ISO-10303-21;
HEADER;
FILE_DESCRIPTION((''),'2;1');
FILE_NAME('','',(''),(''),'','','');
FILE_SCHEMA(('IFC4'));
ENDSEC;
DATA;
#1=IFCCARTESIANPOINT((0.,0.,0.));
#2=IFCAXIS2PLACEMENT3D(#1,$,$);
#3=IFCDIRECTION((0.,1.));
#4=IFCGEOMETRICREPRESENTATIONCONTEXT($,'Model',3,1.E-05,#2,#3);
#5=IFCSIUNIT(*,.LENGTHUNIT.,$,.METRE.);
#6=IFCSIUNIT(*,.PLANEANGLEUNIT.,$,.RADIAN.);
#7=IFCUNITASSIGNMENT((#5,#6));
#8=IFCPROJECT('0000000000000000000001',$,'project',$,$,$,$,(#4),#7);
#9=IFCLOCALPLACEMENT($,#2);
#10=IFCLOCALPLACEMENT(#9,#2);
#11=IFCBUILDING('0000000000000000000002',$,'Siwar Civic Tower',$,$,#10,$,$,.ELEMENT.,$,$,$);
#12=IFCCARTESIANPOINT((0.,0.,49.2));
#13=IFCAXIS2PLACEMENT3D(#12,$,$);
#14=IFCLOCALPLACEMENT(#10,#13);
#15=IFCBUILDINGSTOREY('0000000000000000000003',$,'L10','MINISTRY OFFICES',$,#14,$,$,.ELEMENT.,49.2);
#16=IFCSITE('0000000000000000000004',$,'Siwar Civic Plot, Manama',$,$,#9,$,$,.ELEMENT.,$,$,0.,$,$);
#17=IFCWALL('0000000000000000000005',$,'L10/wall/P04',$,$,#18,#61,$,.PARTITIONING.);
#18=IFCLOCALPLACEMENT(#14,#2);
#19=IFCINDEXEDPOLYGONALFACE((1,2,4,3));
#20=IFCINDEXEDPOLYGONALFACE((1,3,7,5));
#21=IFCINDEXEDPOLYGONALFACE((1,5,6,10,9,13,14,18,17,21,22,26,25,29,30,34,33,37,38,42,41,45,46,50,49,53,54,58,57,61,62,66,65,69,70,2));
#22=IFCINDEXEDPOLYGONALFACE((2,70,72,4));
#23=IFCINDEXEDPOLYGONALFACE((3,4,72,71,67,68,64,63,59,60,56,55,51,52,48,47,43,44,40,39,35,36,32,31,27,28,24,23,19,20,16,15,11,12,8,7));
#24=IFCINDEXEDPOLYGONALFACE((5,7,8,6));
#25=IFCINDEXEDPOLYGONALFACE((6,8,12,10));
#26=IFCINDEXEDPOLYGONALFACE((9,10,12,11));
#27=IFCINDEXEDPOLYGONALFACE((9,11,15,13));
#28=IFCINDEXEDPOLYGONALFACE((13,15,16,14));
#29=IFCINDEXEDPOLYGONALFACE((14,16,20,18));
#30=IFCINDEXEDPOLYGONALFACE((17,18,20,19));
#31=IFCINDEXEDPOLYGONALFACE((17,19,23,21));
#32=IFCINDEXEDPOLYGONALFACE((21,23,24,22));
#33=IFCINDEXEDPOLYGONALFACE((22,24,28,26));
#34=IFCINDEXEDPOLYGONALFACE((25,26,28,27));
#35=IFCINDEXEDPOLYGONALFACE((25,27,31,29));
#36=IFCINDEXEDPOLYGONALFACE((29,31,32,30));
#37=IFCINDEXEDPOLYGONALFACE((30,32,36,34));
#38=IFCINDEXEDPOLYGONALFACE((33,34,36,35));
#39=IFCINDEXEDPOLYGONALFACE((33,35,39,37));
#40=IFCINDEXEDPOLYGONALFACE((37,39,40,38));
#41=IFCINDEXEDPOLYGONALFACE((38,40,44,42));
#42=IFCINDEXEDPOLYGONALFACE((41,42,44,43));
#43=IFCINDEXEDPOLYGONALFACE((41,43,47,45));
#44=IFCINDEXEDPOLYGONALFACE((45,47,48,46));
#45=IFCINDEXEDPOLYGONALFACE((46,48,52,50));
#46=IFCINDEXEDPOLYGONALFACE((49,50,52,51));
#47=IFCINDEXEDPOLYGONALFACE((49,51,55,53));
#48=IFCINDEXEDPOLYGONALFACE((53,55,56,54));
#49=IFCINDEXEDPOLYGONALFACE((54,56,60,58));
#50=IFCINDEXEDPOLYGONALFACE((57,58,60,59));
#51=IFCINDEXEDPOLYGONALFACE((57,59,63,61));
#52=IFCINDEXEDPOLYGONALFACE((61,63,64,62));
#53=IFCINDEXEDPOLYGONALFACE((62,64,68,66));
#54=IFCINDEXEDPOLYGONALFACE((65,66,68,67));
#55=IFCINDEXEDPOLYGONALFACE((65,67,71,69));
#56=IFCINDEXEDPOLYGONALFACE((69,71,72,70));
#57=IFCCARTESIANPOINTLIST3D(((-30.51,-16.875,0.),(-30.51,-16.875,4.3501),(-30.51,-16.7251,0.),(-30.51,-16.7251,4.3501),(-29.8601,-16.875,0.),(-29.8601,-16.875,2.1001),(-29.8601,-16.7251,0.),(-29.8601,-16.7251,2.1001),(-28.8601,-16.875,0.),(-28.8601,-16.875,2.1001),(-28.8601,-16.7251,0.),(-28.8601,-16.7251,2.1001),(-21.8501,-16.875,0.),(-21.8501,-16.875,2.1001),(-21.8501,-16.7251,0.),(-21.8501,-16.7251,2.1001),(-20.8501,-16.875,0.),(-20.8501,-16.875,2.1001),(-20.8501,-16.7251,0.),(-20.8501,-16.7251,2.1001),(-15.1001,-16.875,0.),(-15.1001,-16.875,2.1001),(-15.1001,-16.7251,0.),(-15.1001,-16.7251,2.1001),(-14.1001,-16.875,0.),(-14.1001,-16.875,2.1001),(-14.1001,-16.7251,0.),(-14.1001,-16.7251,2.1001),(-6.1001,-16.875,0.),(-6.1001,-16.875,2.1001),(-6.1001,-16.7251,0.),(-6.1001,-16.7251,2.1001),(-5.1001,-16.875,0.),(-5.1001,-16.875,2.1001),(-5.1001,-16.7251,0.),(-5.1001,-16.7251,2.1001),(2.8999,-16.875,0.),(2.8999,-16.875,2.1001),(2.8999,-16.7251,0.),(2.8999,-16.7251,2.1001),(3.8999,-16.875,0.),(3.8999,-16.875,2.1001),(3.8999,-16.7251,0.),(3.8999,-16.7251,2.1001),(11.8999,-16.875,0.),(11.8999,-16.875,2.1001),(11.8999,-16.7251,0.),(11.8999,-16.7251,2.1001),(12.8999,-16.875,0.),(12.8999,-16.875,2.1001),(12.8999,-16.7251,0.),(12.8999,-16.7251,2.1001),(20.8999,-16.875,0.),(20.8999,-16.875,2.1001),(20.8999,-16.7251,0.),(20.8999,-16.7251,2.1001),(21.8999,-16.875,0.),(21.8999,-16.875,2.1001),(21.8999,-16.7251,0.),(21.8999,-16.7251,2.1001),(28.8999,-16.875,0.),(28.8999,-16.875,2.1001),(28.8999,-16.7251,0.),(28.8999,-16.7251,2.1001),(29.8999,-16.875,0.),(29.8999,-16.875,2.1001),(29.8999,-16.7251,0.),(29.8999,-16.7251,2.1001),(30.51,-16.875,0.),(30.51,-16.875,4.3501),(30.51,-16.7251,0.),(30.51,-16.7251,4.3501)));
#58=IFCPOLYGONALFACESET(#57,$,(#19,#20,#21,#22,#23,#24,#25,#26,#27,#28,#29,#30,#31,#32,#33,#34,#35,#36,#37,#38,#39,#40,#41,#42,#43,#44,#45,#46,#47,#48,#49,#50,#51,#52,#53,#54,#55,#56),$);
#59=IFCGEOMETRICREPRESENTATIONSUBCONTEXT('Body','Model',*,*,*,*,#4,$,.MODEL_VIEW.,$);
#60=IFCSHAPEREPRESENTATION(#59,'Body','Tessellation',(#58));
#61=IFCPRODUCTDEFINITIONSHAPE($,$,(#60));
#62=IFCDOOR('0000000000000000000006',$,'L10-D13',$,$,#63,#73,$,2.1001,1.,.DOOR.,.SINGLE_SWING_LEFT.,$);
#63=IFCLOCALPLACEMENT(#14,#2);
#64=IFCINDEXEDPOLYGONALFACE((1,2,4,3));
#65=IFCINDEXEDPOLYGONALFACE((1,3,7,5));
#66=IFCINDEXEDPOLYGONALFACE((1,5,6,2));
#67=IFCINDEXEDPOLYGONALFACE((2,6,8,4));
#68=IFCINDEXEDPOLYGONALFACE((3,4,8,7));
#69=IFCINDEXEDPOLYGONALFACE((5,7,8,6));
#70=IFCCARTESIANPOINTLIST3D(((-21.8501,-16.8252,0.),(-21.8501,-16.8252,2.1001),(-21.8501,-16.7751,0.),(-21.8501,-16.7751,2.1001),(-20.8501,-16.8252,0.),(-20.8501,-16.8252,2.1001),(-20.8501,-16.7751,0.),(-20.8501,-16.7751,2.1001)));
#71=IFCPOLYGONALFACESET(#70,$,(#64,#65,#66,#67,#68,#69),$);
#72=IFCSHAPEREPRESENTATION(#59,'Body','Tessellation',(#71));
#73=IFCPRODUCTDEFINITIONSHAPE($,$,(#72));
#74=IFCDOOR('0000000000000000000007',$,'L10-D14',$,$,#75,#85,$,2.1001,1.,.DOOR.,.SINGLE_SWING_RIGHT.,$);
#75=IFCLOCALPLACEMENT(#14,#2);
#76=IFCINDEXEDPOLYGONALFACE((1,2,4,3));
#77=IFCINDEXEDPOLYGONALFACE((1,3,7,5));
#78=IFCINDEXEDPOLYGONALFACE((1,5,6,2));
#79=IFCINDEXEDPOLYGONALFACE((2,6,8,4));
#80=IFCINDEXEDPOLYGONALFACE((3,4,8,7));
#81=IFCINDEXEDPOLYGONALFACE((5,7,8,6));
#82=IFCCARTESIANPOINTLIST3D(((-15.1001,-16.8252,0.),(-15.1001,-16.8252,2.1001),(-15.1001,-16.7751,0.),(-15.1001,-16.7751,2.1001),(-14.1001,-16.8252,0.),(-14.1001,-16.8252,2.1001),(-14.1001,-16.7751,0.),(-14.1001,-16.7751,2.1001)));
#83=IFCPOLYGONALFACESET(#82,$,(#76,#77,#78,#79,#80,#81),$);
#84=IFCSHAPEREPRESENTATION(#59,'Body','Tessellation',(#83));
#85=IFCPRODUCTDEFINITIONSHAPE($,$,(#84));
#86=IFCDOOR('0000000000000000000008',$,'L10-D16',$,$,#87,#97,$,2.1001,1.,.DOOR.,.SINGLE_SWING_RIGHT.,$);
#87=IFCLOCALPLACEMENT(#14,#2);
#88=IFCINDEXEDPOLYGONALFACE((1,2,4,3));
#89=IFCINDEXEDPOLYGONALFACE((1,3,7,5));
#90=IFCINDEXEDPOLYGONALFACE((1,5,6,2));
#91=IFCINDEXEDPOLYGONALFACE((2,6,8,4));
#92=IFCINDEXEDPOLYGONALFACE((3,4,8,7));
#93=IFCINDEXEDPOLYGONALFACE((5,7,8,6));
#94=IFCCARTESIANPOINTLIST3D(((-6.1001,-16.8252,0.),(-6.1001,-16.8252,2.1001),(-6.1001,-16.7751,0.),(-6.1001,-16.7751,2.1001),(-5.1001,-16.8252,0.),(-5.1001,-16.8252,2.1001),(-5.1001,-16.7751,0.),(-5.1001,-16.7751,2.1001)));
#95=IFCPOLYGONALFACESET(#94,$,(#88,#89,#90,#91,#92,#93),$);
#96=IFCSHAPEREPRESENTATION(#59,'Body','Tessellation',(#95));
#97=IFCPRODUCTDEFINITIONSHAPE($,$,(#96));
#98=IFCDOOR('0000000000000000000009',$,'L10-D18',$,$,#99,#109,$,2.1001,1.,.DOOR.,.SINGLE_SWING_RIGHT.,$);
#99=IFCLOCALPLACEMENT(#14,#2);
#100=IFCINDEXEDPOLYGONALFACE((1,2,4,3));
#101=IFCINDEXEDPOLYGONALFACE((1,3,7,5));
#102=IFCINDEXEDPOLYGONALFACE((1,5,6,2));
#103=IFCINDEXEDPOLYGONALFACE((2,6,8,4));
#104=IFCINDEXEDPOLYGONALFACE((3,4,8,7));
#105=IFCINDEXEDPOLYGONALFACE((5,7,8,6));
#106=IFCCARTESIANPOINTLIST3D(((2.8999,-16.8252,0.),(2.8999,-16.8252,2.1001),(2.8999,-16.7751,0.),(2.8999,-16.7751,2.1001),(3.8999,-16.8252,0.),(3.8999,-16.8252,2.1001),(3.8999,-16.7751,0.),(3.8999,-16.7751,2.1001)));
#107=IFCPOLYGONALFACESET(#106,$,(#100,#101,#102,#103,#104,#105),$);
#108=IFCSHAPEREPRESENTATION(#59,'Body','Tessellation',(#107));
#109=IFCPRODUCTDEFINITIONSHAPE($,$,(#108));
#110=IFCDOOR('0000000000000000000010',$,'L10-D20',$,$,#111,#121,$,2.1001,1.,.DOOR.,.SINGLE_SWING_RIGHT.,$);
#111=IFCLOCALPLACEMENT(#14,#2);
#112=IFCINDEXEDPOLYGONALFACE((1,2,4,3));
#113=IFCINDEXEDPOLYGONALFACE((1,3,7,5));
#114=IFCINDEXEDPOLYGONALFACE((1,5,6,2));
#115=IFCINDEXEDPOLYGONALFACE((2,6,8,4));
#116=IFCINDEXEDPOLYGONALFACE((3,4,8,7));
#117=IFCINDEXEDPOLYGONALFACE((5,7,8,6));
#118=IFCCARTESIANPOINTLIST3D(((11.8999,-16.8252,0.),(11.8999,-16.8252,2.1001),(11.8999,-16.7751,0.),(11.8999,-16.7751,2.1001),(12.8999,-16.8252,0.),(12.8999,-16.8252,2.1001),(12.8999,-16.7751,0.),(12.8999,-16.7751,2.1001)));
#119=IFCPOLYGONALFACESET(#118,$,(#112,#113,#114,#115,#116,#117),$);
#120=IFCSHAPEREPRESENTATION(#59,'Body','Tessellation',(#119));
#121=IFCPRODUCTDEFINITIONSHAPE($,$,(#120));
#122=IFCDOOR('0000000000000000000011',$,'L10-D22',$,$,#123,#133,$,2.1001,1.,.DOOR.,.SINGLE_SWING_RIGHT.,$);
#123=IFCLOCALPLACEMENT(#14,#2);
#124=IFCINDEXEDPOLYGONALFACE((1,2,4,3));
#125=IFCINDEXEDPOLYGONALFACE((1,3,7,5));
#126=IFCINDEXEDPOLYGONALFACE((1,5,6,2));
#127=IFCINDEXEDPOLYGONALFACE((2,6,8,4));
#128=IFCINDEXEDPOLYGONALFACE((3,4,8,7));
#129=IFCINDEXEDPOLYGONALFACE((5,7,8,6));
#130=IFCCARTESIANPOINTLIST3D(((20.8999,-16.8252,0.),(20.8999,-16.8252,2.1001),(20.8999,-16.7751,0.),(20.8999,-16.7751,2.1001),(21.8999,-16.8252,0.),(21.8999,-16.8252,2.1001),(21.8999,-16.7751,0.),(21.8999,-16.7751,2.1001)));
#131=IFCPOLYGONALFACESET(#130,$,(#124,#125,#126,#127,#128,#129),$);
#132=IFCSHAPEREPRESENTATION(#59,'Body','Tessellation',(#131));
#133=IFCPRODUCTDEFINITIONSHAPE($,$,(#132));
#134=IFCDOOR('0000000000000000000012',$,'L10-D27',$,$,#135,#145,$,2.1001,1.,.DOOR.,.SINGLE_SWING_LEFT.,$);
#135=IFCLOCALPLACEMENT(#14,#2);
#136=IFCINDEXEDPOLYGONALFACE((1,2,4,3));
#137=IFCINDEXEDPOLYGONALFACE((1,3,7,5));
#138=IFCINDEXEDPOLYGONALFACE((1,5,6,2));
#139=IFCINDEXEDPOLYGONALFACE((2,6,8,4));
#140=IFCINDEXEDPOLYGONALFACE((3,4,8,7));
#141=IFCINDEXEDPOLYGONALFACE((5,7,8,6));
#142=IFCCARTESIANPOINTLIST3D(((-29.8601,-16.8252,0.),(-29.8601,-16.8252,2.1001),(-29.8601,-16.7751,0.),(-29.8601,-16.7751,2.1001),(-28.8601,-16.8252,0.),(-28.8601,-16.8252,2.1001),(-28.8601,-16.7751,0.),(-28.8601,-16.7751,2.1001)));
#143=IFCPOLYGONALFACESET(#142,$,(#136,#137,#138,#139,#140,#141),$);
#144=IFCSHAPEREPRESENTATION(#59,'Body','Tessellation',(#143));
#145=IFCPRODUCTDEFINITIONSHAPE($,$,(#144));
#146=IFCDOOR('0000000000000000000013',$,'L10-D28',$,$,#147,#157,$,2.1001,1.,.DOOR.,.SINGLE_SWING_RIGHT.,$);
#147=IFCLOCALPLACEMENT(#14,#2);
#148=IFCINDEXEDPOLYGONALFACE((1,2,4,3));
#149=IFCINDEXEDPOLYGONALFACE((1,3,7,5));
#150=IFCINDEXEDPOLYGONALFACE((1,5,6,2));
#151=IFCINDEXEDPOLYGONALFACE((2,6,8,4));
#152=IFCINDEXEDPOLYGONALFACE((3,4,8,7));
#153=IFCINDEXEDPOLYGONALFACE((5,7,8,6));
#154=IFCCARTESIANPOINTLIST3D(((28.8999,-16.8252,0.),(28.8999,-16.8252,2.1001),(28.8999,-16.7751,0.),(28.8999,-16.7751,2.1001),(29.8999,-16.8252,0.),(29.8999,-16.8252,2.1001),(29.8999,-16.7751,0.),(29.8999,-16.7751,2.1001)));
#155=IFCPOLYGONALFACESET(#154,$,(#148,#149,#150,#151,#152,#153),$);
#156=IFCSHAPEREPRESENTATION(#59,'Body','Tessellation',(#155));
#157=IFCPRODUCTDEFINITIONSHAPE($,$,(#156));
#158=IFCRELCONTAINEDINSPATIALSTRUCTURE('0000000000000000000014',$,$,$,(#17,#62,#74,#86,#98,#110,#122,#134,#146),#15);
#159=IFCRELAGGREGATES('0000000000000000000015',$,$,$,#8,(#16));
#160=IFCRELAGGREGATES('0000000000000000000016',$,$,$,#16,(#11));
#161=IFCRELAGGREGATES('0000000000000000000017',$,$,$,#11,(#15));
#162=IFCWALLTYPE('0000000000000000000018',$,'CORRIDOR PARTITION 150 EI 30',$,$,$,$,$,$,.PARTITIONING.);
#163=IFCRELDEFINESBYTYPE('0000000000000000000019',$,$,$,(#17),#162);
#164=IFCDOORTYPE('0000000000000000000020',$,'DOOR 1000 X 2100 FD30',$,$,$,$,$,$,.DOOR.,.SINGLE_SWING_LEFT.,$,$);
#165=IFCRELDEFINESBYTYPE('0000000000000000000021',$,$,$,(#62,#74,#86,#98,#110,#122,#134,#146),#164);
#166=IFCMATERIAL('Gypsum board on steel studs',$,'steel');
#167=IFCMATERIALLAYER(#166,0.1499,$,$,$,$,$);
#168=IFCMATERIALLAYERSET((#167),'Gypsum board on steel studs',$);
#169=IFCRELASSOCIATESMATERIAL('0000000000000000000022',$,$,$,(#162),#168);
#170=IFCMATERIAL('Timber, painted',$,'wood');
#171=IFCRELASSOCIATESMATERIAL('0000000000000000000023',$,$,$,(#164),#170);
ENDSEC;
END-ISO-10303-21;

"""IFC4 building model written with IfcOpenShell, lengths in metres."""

from ifc_helpers import new_model, si_unit, direction, frame, frame_2d, origin, place, context, subcontext, project, spatial, rectangle, extrude, material, layer, layer_set, type_object, element, fill, save


model = new_model("IFC4")

# Units and contexts
model_context = context("Model", 3, precision=1e-05, world=origin(), true_north=direction((0.0, 1.0)))
body_context = subcontext(model_context, "Body", "Model", "MODEL_VIEW")
ifc_project = project(units=[si_unit("LENGTHUNIT", "METRE"), si_unit("PLANEANGLEUNIT", "RADIAN")], contexts=[model_context])

# Site, building, storey
site_placement = place(None, origin())
site = spatial("IfcSite", under=ifc_project, at=site_placement, Name="Siwar Civic Plot, Manama", CompositionType="ELEMENT", RefElevation=0.0)
building_placement = place(site_placement, origin())
building = spatial("IfcBuilding", under=site, at=building_placement, Name="Siwar Civic Tower", CompositionType="ELEMENT")
storey_placement = place(building_placement, frame((0.0, 0.0, 49.2)))
storey = spatial("IfcBuildingStorey", under=building, at=storey_placement, Name="L10", Description="MINISTRY OFFICES", CompositionType="ELEMENT", Elevation=49.2)

# Wall, openings, doors
ifc_material_1 = material(Name="Gypsum board on steel studs", Category="steel")
ifc_layer_1 = layer(ifc_material_1, 0.1499)
ifc_layer_set_1 = layer_set([ifc_layer_1], Name="Gypsum board on steel studs")
wall_type_1 = type_object("IfcWallType", Name="CORRIDOR PARTITION 150 EI 30", PredefinedType="PARTITIONING", material=ifc_layer_set_1)
wall_1_placement = place(storey_placement, frame((-30.51, -16.8, 0.0), z_axis=(0.0, 0.0, 1.0), x_axis=(1.0, 0.0, 0.0)))
wall_1 = element("IfcWall", 1, at=wall_1_placement, inside=storey, type_object=wall_type_1, Name="L10/wall/P04", PredefinedType="PARTITIONING", context=body_context, shape_type="SweptSolid", body=[
    extrude(rectangle(XDim=61.02, YDim=0.1499, at=frame_2d((30.51, 0.0))), origin(), (0.0, 0.0, 1.0), 4.3501),
])
opening_1_placement = place(wall_1_placement, frame((8.6599, 0.0, 0.0)))
opening_1 = element("IfcOpeningElement", 2, at=opening_1_placement, cuts=wall_1, PredefinedType="OPENING", context=body_context, shape_type="SweptSolid", body=[
    extrude(rectangle(XDim=1.0, YDim=2.1001, at=frame_2d((0.5, 1.05))), frame((0.0, 0.085, 0.0), z_axis=(0.0, -1.0, 0.0), x_axis=(1.0, 0.0, 0.0)), (0.0, 0.0, 1.0), 0.1699),
])
opening_2_placement = place(wall_1_placement, frame((15.4099, 0.0, 0.0)))
opening_2 = element("IfcOpeningElement", 3, at=opening_2_placement, cuts=wall_1, PredefinedType="OPENING", context=body_context, shape_type="SweptSolid", body=[
    extrude(rectangle(XDim=1.0, YDim=2.1001, at=frame_2d((0.5, 1.05))), frame((0.0, 0.085, 0.0), z_axis=(0.0, -1.0, 0.0), x_axis=(1.0, 0.0, 0.0)), (0.0, 0.0, 1.0), 0.1699),
])
opening_3_placement = place(wall_1_placement, frame((24.4099, 0.0, 0.0)))
opening_3 = element("IfcOpeningElement", 4, at=opening_3_placement, cuts=wall_1, PredefinedType="OPENING", context=body_context, shape_type="SweptSolid", body=[
    extrude(rectangle(XDim=1.0, YDim=2.1001, at=frame_2d((0.5, 1.05))), frame((0.0, 0.085, 0.0), z_axis=(0.0, -1.0, 0.0), x_axis=(1.0, 0.0, 0.0)), (0.0, 0.0, 1.0), 0.1699),
])
opening_4_placement = place(wall_1_placement, frame((33.4099, 0.0, 0.0)))
opening_4 = element("IfcOpeningElement", 5, at=opening_4_placement, cuts=wall_1, PredefinedType="OPENING", context=body_context, shape_type="SweptSolid", body=[
    extrude(rectangle(XDim=1.0, YDim=2.1001, at=frame_2d((0.5, 1.05))), frame((0.0, 0.085, 0.0), z_axis=(0.0, -1.0, 0.0), x_axis=(1.0, 0.0, 0.0)), (0.0, 0.0, 1.0), 0.1699),
])
opening_5_placement = place(wall_1_placement, frame((42.4099, 0.0, 0.0)))
opening_5 = element("IfcOpeningElement", 6, at=opening_5_placement, cuts=wall_1, PredefinedType="OPENING", context=body_context, shape_type="SweptSolid", body=[
    extrude(rectangle(XDim=1.0, YDim=2.1001, at=frame_2d((0.5, 1.05))), frame((0.0, 0.085, 0.0), z_axis=(0.0, -1.0, 0.0), x_axis=(1.0, 0.0, 0.0)), (0.0, 0.0, 1.0), 0.1699),
])
opening_6_placement = place(wall_1_placement, frame((51.4099, 0.0, 0.0)))
opening_6 = element("IfcOpeningElement", 7, at=opening_6_placement, cuts=wall_1, PredefinedType="OPENING", context=body_context, shape_type="SweptSolid", body=[
    extrude(rectangle(XDim=1.0, YDim=2.1001, at=frame_2d((0.5, 1.05))), frame((0.0, 0.085, 0.0), z_axis=(0.0, -1.0, 0.0), x_axis=(1.0, 0.0, 0.0)), (0.0, 0.0, 1.0), 0.1699),
])
opening_7_placement = place(wall_1_placement, frame((0.6499, 0.0, 0.0)))
opening_7 = element("IfcOpeningElement", 8, at=opening_7_placement, cuts=wall_1, PredefinedType="OPENING", context=body_context, shape_type="SweptSolid", body=[
    extrude(rectangle(XDim=1.0, YDim=2.1001, at=frame_2d((0.5, 1.05))), frame((0.0, 0.085, 0.0), z_axis=(0.0, -1.0, 0.0), x_axis=(1.0, 0.0, 0.0)), (0.0, 0.0, 1.0), 0.1699),
])
opening_8_placement = place(wall_1_placement, frame((59.4099, 0.0, 0.0)))
opening_8 = element("IfcOpeningElement", 9, at=opening_8_placement, cuts=wall_1, PredefinedType="OPENING", context=body_context, shape_type="SweptSolid", body=[
    extrude(rectangle(XDim=1.0, YDim=2.1001, at=frame_2d((0.5, 1.05))), frame((0.0, 0.085, 0.0), z_axis=(0.0, -1.0, 0.0), x_axis=(1.0, 0.0, 0.0)), (0.0, 0.0, 1.0), 0.1699),
])
ifc_material_2 = material(Name="Timber, painted", Category="wood")
door_type_1 = type_object("IfcDoorType", Name="DOOR 1000 X 2100 FD30", OperationType="SINGLE_SWING_LEFT", PredefinedType="DOOR", material=ifc_material_2)
door_1_placement = place(opening_1_placement, origin())
door_1 = element("IfcDoor", 10, at=door_1_placement, inside=storey, type_object=door_type_1, Name="L10-D13", OperationType="SINGLE_SWING_LEFT", OverallHeight=2.1001, OverallWidth=1.0, PredefinedType="DOOR", context=body_context, shape_type="SweptSolid", body=[
    extrude(rectangle(XDim=1.0, YDim=2.1001, at=frame_2d((0.5, 1.05))), frame((0.0, 0.0249, 0.0), z_axis=(0.0, -1.0, 0.0), x_axis=(1.0, 0.0, 0.0)), (0.0, 0.0, 1.0), 0.05),
])
fill(opening_1, door_1)
door_2_placement = place(opening_2_placement, origin())
door_2 = element("IfcDoor", 11, at=door_2_placement, inside=storey, type_object=door_type_1, Name="L10-D14", OperationType="SINGLE_SWING_RIGHT", OverallHeight=2.1001, OverallWidth=1.0, PredefinedType="DOOR", context=body_context, shape_type="SweptSolid", body=[
    extrude(rectangle(XDim=1.0, YDim=2.1001, at=frame_2d((0.5, 1.05))), frame((0.0, 0.0249, 0.0), z_axis=(0.0, -1.0, 0.0), x_axis=(1.0, 0.0, 0.0)), (0.0, 0.0, 1.0), 0.05),
])
fill(opening_2, door_2)
door_3_placement = place(opening_3_placement, origin())
door_3 = element("IfcDoor", 12, at=door_3_placement, inside=storey, type_object=door_type_1, Name="L10-D16", OperationType="SINGLE_SWING_RIGHT", OverallHeight=2.1001, OverallWidth=1.0, PredefinedType="DOOR", context=body_context, shape_type="SweptSolid", body=[
    extrude(rectangle(XDim=1.0, YDim=2.1001, at=frame_2d((0.5, 1.05))), frame((0.0, 0.0249, 0.0), z_axis=(0.0, -1.0, 0.0), x_axis=(1.0, 0.0, 0.0)), (0.0, 0.0, 1.0), 0.05),
])
fill(opening_3, door_3)
door_4_placement = place(opening_4_placement, origin())
door_4 = element("IfcDoor", 13, at=door_4_placement, inside=storey, type_object=door_type_1, Name="L10-D18", OperationType="SINGLE_SWING_RIGHT", OverallHeight=2.1001, OverallWidth=1.0, PredefinedType="DOOR", context=body_context, shape_type="SweptSolid", body=[
    extrude(rectangle(XDim=1.0, YDim=2.1001, at=frame_2d((0.5, 1.05))), frame((0.0, 0.0249, 0.0), z_axis=(0.0, -1.0, 0.0), x_axis=(1.0, 0.0, 0.0)), (0.0, 0.0, 1.0), 0.05),
])
fill(opening_4, door_4)
door_5_placement = place(opening_5_placement, origin())
door_5 = element("IfcDoor", 14, at=door_5_placement, inside=storey, type_object=door_type_1, Name="L10-D20", OperationType="SINGLE_SWING_RIGHT", OverallHeight=2.1001, OverallWidth=1.0, PredefinedType="DOOR", context=body_context, shape_type="SweptSolid", body=[
    extrude(rectangle(XDim=1.0, YDim=2.1001, at=frame_2d((0.5, 1.05))), frame((0.0, 0.0249, 0.0), z_axis=(0.0, -1.0, 0.0), x_axis=(1.0, 0.0, 0.0)), (0.0, 0.0, 1.0), 0.05),
])
fill(opening_5, door_5)
door_6_placement = place(opening_6_placement, origin())
door_6 = element("IfcDoor", 15, at=door_6_placement, inside=storey, type_object=door_type_1, Name="L10-D22", OperationType="SINGLE_SWING_RIGHT", OverallHeight=2.1001, OverallWidth=1.0, PredefinedType="DOOR", context=body_context, shape_type="SweptSolid", body=[
    extrude(rectangle(XDim=1.0, YDim=2.1001, at=frame_2d((0.5, 1.05))), frame((0.0, 0.0249, 0.0), z_axis=(0.0, -1.0, 0.0), x_axis=(1.0, 0.0, 0.0)), (0.0, 0.0, 1.0), 0.05),
])
fill(opening_6, door_6)
door_7_placement = place(opening_7_placement, origin())
door_7 = element("IfcDoor", 16, at=door_7_placement, inside=storey, type_object=door_type_1, Name="L10-D27", OperationType="SINGLE_SWING_LEFT", OverallHeight=2.1001, OverallWidth=1.0, PredefinedType="DOOR", context=body_context, shape_type="SweptSolid", body=[
    extrude(rectangle(XDim=1.0, YDim=2.1001, at=frame_2d((0.5, 1.05))), frame((0.0, 0.0249, 0.0), z_axis=(0.0, -1.0, 0.0), x_axis=(1.0, 0.0, 0.0)), (0.0, 0.0, 1.0), 0.05),
])
fill(opening_7, door_7)
door_8_placement = place(opening_8_placement, origin())
door_8 = element("IfcDoor", 17, at=door_8_placement, inside=storey, type_object=door_type_1, Name="L10-D28", OperationType="SINGLE_SWING_RIGHT", OverallHeight=2.1001, OverallWidth=1.0, PredefinedType="DOOR", context=body_context, shape_type="SweptSolid", body=[
    extrude(rectangle(XDim=1.0, YDim=2.1001, at=frame_2d((0.5, 1.05))), frame((0.0, 0.0249, 0.0), z_axis=(0.0, -1.0, 0.0), x_axis=(1.0, 0.0, 0.0)), (0.0, 0.0, 1.0), 0.05),
])
fill(opening_8, door_8)

save(model, "model.ifc")
